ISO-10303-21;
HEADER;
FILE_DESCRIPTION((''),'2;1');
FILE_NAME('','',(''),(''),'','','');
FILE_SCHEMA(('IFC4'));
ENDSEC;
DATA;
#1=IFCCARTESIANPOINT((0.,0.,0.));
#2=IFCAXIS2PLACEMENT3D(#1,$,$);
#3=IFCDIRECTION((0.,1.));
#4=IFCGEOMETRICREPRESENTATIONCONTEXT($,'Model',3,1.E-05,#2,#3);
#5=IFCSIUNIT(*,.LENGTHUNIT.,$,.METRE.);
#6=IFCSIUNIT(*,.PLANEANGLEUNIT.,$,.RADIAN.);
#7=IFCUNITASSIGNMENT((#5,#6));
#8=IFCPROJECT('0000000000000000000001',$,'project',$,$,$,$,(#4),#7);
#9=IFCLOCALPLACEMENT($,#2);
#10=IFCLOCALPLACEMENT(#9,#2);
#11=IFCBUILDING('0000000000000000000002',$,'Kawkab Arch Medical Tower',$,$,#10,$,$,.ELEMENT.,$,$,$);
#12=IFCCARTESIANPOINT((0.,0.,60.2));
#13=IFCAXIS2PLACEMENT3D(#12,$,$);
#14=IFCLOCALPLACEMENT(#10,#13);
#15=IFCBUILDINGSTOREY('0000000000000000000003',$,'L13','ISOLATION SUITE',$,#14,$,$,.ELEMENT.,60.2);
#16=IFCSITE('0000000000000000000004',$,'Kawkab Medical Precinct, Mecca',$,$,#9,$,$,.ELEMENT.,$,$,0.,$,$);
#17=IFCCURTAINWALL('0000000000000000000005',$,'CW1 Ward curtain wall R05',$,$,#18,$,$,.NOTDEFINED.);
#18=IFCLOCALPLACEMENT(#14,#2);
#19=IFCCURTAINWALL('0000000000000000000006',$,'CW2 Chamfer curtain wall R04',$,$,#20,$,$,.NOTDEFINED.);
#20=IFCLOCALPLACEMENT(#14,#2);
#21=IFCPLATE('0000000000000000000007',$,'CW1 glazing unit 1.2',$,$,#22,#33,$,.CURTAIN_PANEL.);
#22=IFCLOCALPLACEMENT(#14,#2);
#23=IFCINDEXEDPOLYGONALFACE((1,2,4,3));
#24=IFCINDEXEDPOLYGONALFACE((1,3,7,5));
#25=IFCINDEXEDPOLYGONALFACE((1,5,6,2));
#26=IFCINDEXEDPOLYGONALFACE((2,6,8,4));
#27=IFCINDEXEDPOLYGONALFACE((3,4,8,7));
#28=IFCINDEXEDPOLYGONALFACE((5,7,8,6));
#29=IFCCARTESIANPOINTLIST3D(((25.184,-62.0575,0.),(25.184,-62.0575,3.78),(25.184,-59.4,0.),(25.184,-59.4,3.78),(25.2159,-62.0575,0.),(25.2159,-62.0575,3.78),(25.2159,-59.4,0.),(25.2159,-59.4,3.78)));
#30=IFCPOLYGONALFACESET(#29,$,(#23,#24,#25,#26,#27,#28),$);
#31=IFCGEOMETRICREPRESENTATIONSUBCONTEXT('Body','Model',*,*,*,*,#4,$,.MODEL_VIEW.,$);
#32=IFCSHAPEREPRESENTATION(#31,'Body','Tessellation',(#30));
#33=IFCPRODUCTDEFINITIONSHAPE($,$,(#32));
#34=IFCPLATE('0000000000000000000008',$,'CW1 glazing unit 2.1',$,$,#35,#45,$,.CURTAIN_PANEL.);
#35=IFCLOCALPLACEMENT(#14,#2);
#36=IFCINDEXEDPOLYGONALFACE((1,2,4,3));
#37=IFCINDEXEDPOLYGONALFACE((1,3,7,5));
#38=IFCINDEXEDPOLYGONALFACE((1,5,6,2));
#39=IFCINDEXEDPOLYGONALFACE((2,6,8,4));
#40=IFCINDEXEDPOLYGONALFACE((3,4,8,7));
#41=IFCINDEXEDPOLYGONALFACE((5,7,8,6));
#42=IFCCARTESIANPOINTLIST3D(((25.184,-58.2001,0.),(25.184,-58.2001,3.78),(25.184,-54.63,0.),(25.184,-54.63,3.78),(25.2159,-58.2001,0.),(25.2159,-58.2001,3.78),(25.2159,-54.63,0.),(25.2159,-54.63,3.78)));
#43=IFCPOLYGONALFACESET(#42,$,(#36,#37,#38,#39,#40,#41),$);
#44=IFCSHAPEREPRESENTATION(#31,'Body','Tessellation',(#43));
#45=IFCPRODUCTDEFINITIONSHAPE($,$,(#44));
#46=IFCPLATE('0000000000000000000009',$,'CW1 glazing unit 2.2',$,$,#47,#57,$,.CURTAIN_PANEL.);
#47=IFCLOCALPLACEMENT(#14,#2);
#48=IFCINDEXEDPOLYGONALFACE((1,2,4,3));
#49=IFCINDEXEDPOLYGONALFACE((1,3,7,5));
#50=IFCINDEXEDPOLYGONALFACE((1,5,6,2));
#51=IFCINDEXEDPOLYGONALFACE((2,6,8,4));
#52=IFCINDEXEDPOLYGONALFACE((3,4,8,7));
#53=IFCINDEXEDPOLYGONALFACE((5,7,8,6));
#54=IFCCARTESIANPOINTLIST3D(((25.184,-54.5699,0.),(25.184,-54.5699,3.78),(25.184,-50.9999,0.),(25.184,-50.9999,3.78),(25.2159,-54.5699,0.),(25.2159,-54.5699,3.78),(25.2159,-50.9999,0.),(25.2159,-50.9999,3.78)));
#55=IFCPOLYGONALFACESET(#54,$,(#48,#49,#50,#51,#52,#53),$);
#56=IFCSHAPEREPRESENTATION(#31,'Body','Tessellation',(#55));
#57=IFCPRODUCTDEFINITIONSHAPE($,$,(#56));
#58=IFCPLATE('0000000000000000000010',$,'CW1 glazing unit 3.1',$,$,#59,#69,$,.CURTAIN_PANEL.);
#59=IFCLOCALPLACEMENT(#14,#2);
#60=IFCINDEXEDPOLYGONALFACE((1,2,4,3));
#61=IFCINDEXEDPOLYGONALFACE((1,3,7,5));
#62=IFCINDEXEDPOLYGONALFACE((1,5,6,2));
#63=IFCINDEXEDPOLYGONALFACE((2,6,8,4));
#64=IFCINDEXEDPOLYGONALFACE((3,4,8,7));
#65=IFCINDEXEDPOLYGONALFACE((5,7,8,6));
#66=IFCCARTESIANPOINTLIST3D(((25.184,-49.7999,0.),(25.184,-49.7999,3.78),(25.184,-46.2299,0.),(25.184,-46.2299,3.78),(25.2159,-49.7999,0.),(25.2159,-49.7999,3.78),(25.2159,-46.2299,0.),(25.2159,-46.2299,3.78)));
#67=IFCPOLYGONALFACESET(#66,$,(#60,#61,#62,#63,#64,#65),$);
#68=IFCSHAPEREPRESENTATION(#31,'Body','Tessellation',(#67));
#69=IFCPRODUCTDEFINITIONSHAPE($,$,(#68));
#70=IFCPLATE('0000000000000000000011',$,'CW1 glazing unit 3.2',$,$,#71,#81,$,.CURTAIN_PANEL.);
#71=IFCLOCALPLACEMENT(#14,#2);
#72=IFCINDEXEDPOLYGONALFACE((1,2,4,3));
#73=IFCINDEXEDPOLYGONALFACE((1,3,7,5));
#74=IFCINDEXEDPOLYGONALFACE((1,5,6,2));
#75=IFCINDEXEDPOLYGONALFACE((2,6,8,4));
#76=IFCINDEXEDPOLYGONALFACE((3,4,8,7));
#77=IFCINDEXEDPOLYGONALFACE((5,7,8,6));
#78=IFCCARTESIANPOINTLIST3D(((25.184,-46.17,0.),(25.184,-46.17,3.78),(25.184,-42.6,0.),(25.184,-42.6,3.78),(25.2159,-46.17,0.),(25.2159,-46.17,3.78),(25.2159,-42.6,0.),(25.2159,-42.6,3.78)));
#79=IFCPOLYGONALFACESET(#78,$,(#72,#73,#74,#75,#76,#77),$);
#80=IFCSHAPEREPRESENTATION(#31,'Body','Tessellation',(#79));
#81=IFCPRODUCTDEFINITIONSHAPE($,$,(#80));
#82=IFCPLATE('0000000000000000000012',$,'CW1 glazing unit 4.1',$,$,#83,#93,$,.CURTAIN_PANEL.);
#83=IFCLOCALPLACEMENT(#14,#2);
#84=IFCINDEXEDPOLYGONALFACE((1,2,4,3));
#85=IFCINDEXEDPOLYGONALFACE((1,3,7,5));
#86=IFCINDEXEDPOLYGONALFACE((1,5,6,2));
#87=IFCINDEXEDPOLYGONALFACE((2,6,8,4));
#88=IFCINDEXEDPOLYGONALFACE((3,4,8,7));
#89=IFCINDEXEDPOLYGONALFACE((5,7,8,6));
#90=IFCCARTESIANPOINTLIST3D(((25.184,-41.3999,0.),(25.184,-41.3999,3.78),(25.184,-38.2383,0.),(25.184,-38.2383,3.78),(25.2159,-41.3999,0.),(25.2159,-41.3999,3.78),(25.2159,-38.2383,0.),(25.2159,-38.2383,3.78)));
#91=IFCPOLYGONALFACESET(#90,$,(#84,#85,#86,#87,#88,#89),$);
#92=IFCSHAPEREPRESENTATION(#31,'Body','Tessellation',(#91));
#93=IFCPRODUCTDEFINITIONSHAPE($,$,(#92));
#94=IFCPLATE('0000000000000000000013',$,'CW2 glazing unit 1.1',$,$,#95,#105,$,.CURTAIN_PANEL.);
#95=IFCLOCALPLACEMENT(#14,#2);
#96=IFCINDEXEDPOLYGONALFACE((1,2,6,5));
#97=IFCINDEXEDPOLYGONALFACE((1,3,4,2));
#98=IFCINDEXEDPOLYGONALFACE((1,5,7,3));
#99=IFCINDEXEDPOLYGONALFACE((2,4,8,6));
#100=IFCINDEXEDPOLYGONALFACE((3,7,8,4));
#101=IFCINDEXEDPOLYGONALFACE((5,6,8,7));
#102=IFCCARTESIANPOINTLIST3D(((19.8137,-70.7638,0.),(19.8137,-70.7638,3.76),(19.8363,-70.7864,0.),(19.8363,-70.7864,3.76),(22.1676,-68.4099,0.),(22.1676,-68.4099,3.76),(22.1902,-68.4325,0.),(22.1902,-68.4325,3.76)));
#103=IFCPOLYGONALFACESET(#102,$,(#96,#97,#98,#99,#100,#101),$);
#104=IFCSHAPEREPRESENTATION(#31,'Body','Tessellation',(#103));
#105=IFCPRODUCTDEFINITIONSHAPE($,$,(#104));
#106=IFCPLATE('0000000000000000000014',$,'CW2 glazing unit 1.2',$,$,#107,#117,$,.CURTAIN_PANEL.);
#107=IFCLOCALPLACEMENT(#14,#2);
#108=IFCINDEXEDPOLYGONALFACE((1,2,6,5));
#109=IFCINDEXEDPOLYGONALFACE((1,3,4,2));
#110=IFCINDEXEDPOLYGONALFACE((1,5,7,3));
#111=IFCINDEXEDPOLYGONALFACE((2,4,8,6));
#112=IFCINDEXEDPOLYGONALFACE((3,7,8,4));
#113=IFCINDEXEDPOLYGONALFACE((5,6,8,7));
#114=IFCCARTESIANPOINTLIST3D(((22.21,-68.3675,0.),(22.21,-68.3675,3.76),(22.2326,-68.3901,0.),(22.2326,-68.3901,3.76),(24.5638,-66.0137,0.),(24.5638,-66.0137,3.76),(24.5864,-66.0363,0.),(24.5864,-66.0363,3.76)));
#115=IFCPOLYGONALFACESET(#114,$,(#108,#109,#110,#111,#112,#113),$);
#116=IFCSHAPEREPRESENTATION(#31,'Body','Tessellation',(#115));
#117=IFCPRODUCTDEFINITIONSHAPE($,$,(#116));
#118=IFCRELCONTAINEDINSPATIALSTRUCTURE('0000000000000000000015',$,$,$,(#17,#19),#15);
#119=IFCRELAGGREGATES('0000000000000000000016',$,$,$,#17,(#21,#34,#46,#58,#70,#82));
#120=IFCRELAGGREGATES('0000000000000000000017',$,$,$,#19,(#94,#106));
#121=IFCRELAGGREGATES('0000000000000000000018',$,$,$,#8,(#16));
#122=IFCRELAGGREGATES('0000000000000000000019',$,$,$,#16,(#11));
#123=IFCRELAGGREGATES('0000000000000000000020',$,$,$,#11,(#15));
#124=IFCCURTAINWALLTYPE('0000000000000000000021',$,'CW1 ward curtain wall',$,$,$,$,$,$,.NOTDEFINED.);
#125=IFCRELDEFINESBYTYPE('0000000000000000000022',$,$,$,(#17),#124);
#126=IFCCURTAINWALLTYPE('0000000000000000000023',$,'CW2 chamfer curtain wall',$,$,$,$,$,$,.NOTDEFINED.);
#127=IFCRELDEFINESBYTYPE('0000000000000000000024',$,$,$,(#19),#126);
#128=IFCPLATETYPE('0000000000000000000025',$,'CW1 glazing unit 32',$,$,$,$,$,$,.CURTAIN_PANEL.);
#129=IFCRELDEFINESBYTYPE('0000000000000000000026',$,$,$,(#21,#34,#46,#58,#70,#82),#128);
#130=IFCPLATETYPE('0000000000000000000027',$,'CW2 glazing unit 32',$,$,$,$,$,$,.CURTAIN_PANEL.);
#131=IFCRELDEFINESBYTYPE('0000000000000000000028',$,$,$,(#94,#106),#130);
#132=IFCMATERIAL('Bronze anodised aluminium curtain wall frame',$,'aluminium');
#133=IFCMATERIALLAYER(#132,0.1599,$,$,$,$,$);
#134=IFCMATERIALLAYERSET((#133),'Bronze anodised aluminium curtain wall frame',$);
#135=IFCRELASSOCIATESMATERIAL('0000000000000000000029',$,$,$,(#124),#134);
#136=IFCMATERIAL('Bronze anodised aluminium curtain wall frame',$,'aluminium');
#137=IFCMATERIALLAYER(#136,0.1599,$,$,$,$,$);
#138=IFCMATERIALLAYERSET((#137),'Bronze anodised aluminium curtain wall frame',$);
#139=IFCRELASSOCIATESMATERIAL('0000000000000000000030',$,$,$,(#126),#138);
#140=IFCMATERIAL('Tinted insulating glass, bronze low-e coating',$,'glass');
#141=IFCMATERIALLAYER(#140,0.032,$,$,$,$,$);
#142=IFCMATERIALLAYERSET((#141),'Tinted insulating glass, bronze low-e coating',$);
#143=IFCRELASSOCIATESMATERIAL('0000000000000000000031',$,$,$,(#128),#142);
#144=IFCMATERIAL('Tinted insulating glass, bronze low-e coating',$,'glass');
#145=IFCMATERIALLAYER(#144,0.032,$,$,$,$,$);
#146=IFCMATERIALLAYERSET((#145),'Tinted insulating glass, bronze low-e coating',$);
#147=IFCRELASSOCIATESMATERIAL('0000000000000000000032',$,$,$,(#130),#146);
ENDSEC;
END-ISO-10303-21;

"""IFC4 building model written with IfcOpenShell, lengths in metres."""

from ifc_helpers import new_model, si_unit, direction, frame, origin, origin_2d, place, context, subcontext, project, spatial, rectangle, extrude, material, layer, layer_set, type_object, element, aggregate, save


model = new_model("IFC4")

# Units and contexts
model_context = context("Model", 3, precision=1e-05, world=origin(), true_north=direction((0.0, 1.0)))
body_context = subcontext(model_context, "Body", "Model", "MODEL_VIEW")
ifc_project = project(units=[si_unit("LENGTHUNIT", "METRE"), si_unit("PLANEANGLEUNIT", "RADIAN")], contexts=[model_context])

# Site, building, storey
site_placement = place(None, origin())
site = spatial("IfcSite", under=ifc_project, at=site_placement, Name="Kawkab Medical Precinct, Mecca", CompositionType="ELEMENT", RefElevation=0.0)
building_placement = place(site_placement, origin())
building = spatial("IfcBuilding", under=site, at=building_placement, Name="Kawkab Arch Medical Tower", CompositionType="ELEMENT")
storey_placement = place(building_placement, frame((0.0, 0.0, 60.2)))
storey = spatial("IfcBuildingStorey", under=building, at=storey_placement, Name="L13", Description="ISOLATION SUITE", CompositionType="ELEMENT", Elevation=60.2)

# Curtain wall
ifc_material_1 = material(Name="Bronze anodised aluminium curtain wall frame", Category="aluminium")
ifc_layer_1 = layer(ifc_material_1, 0.1599)
ifc_layer_set_1 = layer_set([ifc_layer_1], Name="Bronze anodised aluminium curtain wall frame")
curtain_wall_type_1 = type_object("IfcCurtainWallType", Name="CW1 ward curtain wall", PredefinedType="NOTDEFINED", material=ifc_layer_set_1)
placement = place(storey_placement, origin())
curtain_wall_1 = element("IfcCurtainWall", 1, at=placement, inside=storey, type_object=curtain_wall_type_1, Name="CW1 Ward curtain wall R05", PredefinedType="NOTDEFINED")

# Curtain wall
ifc_material_2 = material(Name="Bronze anodised aluminium curtain wall frame", Category="aluminium")
ifc_layer_2 = layer(ifc_material_2, 0.1599)
ifc_layer_set_2 = layer_set([ifc_layer_2], Name="Bronze anodised aluminium curtain wall frame")
curtain_wall_type_2 = type_object("IfcCurtainWallType", Name="CW2 chamfer curtain wall", PredefinedType="NOTDEFINED", material=ifc_layer_set_2)
curtain_wall_2 = element("IfcCurtainWall", 2, at=placement, inside=storey, type_object=curtain_wall_type_2, Name="CW2 Chamfer curtain wall R04", PredefinedType="NOTDEFINED")

# Plates
ifc_material_3 = material(Name="Tinted insulating glass, bronze low-e coating", Category="glass")
ifc_layer_3 = layer(ifc_material_3, 0.032)
ifc_layer_set_3 = layer_set([ifc_layer_3], Name="Tinted insulating glass, bronze low-e coating")
plate_type_1 = type_object("IfcPlateType", Name="CW1 glazing unit 32", PredefinedType="CURTAIN_PANEL", material=ifc_layer_set_3)
plate_1_placement = place(storey_placement, frame((25.2, -60.7288, 0.0), z_axis=(0.0, 0.0, 1.0), x_axis=(0.0, 1.0, 0.0)))
plate_1 = element("IfcPlate", 3, at=plate_1_placement, type_object=plate_type_1, Name="CW1 glazing unit 1.2", PredefinedType="CURTAIN_PANEL", context=body_context, shape_type="SweptSolid", body=[
    extrude(rectangle(XDim=2.6575, YDim=0.032, at=origin_2d()), origin(), (0.0, 0.0, 1.0), 3.78),
])
plate_2_placement = place(storey_placement, frame((25.2, -56.415, 0.0), z_axis=(0.0, 0.0, 1.0), x_axis=(0.0, 1.0, 0.0)))
plate_2 = element("IfcPlate", 4, at=plate_2_placement, type_object=plate_type_1, Name="CW1 glazing unit 2.1", PredefinedType="CURTAIN_PANEL", context=body_context, shape_type="SweptSolid", body=[
    extrude(rectangle(XDim=3.5701, YDim=0.032, at=origin_2d()), origin(), (0.0, 0.0, 1.0), 3.78),
])
plate_3_placement = place(storey_placement, frame((25.2, -52.7849, 0.0), z_axis=(0.0, 0.0, 1.0), x_axis=(0.0, 1.0, 0.0)))
plate_3 = element("IfcPlate", 5, at=plate_3_placement, type_object=plate_type_1, Name="CW1 glazing unit 2.2", PredefinedType="CURTAIN_PANEL", context=body_context, shape_type="SweptSolid", body=[
    extrude(rectangle(XDim=3.5701, YDim=0.032, at=origin_2d()), origin(), (0.0, 0.0, 1.0), 3.78),
])
plate_4_placement = place(storey_placement, frame((25.2, -48.0149, 0.0), z_axis=(0.0, 0.0, 1.0), x_axis=(0.0, 1.0, 0.0)))
plate_4 = element("IfcPlate", 6, at=plate_4_placement, type_object=plate_type_1, Name="CW1 glazing unit 3.1", PredefinedType="CURTAIN_PANEL", context=body_context, shape_type="SweptSolid", body=[
    extrude(rectangle(XDim=3.5701, YDim=0.032, at=origin_2d()), origin(), (0.0, 0.0, 1.0), 3.78),
])
plate_5_placement = place(storey_placement, frame((25.2, -44.385, 0.0), z_axis=(0.0, 0.0, 1.0), x_axis=(0.0, 1.0, 0.0)))
plate_5 = element("IfcPlate", 7, at=plate_5_placement, type_object=plate_type_1, Name="CW1 glazing unit 3.2", PredefinedType="CURTAIN_PANEL", context=body_context, shape_type="SweptSolid", body=[
    extrude(rectangle(XDim=3.5701, YDim=0.032, at=origin_2d()), origin(), (0.0, 0.0, 1.0), 3.78),
])
plate_6_placement = place(storey_placement, frame((25.2, -39.8191, 0.0), z_axis=(0.0, 0.0, 1.0), x_axis=(0.0, 1.0, 0.0)))
plate_6 = element("IfcPlate", 8, at=plate_6_placement, type_object=plate_type_1, Name="CW1 glazing unit 4.1", PredefinedType="CURTAIN_PANEL", context=body_context, shape_type="SweptSolid", body=[
    extrude(rectangle(XDim=3.1616, YDim=0.032, at=origin_2d()), origin(), (0.0, 0.0, 1.0), 3.78),
])
aggregate(curtain_wall_1, [plate_1, plate_2, plate_3, plate_4, plate_5, plate_6])
ifc_material_4 = material(Name="Tinted insulating glass, bronze low-e coating", Category="glass")
ifc_layer_4 = layer(ifc_material_4, 0.032)
ifc_layer_set_4 = layer_set([ifc_layer_4], Name="Tinted insulating glass, bronze low-e coating")
plate_type_2 = type_object("IfcPlateType", Name="CW2 glazing unit 32", PredefinedType="CURTAIN_PANEL", material=ifc_layer_set_4)
plate_7_placement = place(storey_placement, frame((21.002, -69.5981, 0.0), z_axis=(0.0, 0.0, 1.0), x_axis=(0.707107, 0.707107, 0.0)))
plate_7 = element("IfcPlate", 9, at=plate_7_placement, type_object=plate_type_2, Name="CW2 glazing unit 1.1", PredefinedType="CURTAIN_PANEL", context=body_context, shape_type="SweptSolid", body=[
    extrude(rectangle(XDim=3.3289, YDim=0.032, at=origin_2d()), origin(), (0.0, 0.0, 1.0), 3.76),
])
plate_8_placement = place(storey_placement, frame((23.3982, -67.2019, 0.0), z_axis=(0.0, 0.0, 1.0), x_axis=(0.707107, 0.707107, 0.0)))
plate_8 = element("IfcPlate", 10, at=plate_8_placement, type_object=plate_type_2, Name="CW2 glazing unit 1.2", PredefinedType="CURTAIN_PANEL", context=body_context, shape_type="SweptSolid", body=[
    extrude(rectangle(XDim=3.3289, YDim=0.032, at=origin_2d()), origin(), (0.0, 0.0, 1.0), 3.76),
])
aggregate(curtain_wall_2, [plate_7, plate_8])

save(model, "model.ifc")
